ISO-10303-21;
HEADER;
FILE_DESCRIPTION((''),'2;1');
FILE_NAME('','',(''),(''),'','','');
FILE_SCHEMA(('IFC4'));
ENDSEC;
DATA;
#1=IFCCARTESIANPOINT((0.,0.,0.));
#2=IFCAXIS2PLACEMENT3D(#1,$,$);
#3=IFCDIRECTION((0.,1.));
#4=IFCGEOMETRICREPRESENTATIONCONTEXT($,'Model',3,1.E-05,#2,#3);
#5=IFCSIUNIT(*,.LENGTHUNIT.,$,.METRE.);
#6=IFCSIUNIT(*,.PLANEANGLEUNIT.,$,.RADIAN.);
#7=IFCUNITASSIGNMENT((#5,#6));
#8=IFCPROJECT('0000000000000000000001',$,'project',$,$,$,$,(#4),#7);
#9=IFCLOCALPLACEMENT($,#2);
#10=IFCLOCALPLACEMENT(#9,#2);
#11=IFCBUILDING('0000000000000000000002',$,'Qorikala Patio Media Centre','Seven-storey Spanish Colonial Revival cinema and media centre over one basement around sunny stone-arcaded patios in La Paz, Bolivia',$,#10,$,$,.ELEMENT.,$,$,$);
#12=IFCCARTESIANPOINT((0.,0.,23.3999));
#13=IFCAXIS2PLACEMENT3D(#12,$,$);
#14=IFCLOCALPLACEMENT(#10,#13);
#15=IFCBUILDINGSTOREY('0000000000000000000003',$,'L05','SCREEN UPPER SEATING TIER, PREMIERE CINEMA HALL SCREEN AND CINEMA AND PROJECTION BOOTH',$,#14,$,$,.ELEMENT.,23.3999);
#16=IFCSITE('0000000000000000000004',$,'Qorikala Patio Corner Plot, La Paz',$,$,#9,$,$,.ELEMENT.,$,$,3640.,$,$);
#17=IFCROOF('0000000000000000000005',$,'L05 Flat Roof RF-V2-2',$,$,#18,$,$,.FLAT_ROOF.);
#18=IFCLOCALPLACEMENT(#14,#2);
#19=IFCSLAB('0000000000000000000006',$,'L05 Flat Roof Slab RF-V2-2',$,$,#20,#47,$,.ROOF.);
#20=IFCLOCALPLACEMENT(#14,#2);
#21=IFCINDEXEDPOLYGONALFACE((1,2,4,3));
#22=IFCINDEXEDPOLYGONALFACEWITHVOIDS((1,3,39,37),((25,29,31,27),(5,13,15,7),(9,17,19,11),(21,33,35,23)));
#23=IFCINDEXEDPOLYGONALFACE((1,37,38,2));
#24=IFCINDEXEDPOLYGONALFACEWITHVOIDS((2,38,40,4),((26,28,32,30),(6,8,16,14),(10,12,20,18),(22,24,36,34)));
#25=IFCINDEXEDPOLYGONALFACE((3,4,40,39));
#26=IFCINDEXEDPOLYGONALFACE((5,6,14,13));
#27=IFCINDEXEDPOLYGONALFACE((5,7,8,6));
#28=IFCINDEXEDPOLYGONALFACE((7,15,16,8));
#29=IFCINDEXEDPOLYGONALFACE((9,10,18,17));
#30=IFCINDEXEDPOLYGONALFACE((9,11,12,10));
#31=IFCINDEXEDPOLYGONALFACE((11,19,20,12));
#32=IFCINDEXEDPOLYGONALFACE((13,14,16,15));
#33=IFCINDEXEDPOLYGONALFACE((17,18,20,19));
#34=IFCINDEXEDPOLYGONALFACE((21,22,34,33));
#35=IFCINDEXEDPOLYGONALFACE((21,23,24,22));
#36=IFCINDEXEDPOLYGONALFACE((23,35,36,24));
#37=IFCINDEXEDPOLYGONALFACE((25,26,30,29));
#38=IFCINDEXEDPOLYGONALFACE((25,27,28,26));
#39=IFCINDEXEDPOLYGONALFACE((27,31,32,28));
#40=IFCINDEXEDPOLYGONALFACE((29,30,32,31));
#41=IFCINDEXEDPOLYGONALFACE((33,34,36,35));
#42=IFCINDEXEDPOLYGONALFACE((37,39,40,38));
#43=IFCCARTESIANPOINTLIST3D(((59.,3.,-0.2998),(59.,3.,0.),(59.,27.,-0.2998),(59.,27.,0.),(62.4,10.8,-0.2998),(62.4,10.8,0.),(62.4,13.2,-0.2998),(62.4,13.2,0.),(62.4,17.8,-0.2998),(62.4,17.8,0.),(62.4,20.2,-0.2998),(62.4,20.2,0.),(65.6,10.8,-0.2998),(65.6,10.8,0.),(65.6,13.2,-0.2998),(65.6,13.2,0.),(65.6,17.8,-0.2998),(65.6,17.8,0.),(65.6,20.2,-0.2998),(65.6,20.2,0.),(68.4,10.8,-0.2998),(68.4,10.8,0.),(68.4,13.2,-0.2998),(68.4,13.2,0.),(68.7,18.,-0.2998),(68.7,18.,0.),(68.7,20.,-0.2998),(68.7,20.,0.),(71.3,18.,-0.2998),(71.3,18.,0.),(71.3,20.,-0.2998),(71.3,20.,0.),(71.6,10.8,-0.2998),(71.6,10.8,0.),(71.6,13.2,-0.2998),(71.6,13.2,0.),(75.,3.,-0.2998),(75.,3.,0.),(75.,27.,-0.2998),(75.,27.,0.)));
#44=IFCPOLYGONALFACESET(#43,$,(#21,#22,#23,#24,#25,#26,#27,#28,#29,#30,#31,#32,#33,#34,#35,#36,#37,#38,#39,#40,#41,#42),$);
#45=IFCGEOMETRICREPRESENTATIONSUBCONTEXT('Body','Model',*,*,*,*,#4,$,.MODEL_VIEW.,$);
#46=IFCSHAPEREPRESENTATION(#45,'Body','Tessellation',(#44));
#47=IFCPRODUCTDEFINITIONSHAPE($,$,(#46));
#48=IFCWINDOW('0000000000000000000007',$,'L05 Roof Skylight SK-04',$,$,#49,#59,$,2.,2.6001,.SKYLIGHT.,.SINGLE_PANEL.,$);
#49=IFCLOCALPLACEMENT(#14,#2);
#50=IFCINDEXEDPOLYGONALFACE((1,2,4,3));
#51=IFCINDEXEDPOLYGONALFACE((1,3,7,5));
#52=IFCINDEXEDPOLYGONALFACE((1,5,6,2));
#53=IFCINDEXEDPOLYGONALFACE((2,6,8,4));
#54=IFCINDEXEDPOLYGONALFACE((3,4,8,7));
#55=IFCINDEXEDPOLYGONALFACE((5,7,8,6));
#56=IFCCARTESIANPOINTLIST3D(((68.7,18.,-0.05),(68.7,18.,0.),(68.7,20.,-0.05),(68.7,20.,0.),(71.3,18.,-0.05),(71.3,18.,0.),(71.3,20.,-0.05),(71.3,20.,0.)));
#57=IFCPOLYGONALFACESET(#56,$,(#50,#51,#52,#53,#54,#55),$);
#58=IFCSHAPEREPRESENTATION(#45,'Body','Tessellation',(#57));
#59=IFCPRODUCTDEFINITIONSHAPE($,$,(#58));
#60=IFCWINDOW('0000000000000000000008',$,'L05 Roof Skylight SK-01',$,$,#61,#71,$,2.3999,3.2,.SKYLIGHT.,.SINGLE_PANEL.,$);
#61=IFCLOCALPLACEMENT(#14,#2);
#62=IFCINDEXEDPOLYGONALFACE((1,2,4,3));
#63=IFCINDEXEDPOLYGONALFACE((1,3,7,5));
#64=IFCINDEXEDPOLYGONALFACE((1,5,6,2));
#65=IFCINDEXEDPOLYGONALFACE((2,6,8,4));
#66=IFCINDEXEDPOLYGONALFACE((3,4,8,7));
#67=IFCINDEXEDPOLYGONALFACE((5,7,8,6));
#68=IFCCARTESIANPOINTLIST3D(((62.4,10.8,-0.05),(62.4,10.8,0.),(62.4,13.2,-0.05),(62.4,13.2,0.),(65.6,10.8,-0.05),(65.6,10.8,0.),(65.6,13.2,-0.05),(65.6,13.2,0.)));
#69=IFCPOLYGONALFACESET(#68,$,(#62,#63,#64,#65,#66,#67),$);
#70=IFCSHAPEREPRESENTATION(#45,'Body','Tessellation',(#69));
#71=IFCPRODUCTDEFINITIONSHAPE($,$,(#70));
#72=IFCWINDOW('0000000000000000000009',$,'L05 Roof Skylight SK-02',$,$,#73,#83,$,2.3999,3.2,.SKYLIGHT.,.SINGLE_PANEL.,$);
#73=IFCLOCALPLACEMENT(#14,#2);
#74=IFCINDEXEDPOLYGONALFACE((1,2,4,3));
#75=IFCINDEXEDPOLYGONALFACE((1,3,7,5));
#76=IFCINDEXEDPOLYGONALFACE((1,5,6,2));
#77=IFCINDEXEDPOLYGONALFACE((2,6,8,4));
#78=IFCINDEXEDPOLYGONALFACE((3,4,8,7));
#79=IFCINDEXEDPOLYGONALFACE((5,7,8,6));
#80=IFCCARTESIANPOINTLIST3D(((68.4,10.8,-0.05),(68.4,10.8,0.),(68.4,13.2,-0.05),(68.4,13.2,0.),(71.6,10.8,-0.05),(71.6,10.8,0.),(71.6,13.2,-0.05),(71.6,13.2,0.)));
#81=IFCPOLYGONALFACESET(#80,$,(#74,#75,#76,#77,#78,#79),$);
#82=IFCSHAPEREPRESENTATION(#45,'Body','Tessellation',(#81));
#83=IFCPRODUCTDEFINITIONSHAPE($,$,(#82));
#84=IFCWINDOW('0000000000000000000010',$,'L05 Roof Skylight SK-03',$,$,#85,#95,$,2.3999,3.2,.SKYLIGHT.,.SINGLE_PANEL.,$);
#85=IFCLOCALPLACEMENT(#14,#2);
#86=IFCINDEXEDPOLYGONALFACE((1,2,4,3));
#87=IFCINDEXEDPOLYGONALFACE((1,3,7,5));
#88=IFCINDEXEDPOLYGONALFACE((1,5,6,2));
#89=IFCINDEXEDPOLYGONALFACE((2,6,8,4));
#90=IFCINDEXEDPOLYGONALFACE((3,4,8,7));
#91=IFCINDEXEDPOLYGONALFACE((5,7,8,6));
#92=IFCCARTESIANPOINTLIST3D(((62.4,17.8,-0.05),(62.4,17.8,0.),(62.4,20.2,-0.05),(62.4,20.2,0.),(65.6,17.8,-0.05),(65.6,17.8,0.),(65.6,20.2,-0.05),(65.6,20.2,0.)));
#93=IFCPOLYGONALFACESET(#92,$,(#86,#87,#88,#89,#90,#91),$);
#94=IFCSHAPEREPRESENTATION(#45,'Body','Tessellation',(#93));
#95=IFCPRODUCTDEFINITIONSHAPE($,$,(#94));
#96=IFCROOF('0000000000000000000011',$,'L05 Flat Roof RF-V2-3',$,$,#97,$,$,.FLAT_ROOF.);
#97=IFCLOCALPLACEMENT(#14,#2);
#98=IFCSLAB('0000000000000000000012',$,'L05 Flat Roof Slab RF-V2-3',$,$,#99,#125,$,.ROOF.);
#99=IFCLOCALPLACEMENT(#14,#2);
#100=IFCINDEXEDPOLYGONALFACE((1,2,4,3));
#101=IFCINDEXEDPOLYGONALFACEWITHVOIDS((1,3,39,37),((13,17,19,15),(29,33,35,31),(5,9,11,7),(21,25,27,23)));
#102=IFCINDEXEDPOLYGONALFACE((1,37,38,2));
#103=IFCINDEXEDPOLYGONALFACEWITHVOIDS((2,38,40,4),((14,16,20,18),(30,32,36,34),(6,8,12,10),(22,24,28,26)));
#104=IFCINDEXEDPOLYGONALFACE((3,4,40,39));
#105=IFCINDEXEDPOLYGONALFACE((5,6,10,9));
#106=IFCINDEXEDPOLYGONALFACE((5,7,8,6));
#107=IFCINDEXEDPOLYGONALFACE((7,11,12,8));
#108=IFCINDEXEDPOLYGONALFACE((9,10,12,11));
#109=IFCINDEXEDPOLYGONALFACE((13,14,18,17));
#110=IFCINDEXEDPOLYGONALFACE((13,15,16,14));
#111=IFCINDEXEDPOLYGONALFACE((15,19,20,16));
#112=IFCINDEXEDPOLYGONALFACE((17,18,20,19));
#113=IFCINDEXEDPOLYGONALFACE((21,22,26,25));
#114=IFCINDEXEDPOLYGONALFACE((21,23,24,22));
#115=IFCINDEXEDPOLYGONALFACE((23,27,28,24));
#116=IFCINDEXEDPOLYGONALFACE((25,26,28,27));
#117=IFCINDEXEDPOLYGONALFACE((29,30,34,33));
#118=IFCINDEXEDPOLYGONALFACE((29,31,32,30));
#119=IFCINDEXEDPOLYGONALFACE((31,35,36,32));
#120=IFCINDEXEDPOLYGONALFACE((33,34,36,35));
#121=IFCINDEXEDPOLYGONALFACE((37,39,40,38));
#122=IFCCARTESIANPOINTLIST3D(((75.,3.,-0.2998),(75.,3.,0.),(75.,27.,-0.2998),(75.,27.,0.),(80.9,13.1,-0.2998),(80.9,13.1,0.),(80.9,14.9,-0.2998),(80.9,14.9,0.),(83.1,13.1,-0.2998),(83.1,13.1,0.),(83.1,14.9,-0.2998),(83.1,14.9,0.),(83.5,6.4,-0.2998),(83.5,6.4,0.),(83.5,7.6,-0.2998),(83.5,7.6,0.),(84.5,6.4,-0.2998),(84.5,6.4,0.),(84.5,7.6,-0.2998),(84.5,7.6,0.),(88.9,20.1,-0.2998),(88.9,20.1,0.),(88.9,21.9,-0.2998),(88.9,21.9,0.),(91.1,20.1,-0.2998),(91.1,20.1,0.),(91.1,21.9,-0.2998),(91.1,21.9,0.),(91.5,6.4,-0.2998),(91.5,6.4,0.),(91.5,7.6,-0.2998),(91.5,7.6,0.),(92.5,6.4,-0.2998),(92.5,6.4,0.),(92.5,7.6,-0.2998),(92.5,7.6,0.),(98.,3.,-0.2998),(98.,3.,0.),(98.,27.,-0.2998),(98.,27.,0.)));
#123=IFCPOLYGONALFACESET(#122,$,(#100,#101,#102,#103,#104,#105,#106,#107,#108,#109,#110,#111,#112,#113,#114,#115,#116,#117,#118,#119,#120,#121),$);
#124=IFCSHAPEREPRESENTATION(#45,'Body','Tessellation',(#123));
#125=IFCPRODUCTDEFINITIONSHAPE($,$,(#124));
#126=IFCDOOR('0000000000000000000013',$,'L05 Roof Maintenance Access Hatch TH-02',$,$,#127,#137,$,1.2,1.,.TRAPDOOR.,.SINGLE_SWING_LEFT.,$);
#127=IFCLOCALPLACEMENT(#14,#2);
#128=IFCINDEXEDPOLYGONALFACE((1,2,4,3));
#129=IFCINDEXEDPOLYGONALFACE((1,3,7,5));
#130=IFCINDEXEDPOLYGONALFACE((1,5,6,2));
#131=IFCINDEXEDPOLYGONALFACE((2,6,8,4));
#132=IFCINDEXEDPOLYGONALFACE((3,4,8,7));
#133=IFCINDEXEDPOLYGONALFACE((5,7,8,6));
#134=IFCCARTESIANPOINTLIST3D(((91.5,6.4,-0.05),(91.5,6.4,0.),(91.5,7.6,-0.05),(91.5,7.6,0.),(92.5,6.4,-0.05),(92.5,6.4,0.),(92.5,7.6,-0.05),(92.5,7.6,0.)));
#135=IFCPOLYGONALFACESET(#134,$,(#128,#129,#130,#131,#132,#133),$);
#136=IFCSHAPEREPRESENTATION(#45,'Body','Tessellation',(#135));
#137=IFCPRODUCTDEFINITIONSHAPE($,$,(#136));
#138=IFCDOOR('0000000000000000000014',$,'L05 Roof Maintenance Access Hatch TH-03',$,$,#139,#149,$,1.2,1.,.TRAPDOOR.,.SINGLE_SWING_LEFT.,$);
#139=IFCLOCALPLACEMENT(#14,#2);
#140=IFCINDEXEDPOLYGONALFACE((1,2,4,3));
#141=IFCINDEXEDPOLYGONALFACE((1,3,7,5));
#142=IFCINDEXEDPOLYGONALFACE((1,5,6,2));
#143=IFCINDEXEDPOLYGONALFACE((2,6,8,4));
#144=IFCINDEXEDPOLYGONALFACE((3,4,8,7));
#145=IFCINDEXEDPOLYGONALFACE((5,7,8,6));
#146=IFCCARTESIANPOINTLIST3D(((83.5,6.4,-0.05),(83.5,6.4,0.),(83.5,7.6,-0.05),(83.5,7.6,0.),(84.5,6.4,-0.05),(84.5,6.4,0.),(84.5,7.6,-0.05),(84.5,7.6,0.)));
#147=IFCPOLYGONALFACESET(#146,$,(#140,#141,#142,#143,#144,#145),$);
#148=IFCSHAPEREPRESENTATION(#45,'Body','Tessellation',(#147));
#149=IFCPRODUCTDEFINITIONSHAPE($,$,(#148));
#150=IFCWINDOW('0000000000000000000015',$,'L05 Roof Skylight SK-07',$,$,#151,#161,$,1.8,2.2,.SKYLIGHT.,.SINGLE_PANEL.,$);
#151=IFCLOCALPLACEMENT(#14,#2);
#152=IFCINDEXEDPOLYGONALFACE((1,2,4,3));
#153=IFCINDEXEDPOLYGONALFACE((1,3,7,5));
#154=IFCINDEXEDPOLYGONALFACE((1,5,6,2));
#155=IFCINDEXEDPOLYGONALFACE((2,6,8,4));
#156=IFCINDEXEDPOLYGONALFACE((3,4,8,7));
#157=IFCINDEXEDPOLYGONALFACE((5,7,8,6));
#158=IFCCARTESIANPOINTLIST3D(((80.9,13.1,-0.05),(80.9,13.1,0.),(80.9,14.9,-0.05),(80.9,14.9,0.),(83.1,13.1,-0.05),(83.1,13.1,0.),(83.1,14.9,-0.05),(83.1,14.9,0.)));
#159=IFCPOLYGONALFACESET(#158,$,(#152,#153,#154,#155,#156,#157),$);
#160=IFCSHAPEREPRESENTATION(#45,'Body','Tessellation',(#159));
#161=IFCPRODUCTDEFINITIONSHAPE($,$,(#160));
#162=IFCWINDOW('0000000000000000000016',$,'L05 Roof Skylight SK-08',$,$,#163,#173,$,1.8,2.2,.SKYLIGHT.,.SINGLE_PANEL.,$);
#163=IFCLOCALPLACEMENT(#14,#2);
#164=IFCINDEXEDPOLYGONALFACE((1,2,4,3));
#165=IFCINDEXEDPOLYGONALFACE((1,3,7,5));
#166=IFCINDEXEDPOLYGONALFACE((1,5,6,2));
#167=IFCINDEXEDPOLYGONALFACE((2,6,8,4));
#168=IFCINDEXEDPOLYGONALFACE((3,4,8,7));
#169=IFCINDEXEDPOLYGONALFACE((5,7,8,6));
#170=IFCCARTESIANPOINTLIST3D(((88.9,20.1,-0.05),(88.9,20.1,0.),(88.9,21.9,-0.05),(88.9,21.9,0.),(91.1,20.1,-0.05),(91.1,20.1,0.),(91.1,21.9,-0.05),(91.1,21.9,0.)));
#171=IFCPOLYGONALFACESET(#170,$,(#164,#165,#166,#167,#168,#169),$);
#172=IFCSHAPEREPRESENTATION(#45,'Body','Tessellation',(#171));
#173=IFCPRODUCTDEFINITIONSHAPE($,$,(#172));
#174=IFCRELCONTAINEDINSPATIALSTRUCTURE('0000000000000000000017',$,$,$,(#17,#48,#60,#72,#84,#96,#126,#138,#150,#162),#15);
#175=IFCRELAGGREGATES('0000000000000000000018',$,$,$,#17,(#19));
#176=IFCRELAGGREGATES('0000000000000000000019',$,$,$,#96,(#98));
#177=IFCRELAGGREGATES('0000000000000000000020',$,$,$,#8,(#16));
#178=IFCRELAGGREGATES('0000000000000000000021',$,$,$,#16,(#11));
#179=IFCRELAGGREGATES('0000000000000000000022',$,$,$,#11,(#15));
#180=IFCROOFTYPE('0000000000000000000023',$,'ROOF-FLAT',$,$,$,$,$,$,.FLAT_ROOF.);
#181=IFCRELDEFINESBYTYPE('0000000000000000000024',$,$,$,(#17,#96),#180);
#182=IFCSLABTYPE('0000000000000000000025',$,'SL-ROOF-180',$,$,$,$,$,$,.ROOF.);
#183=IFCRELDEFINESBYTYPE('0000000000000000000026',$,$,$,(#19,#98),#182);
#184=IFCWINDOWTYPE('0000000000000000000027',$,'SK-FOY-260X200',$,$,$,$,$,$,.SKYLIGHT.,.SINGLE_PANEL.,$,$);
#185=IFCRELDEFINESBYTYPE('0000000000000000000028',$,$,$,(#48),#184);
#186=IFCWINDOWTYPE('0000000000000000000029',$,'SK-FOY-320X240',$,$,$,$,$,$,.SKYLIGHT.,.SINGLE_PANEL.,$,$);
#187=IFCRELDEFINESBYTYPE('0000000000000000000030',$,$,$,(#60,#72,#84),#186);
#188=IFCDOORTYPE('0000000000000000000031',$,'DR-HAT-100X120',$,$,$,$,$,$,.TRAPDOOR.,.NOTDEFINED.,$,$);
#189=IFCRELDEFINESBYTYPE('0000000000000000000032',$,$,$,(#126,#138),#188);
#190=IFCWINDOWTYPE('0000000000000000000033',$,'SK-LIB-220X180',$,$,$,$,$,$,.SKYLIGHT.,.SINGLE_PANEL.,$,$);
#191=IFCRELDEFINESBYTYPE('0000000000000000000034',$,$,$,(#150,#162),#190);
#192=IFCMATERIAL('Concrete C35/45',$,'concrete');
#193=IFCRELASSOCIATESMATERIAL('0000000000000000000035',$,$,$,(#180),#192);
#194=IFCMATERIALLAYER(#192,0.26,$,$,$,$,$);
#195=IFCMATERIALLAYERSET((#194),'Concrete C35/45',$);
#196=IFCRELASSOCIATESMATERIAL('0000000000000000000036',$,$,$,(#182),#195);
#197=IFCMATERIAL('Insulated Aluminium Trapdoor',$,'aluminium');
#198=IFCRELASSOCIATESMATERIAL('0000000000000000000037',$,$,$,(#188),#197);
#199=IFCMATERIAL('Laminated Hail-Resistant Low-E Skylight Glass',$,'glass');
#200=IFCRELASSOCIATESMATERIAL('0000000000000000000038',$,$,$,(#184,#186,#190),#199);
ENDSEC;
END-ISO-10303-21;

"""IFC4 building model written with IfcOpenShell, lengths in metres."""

from ifc_helpers import new_model, si_unit, direction, frame, origin, origin_2d, place, context, subcontext, project, spatial, polyline, rectangle, outline, extrude, material, layer, layer_set, type_object, element, fill, aggregate, save


model = new_model("IFC4")

# Units and contexts
model_context = context("Model", 3, precision=1e-05, world=origin(), true_north=direction((0.0, 1.0)))
body_context = subcontext(model_context, "Body", "Model", "MODEL_VIEW")
ifc_project = project(units=[si_unit("LENGTHUNIT", "METRE"), si_unit("PLANEANGLEUNIT", "RADIAN")], contexts=[model_context])

# Site, building, storey
site_placement = place(None, origin())
site = spatial("IfcSite", under=ifc_project, at=site_placement, Name="Qorikala Patio Corner Plot, La Paz", CompositionType="ELEMENT", RefElevation=3640.0)
building_placement = place(site_placement, origin())
building = spatial("IfcBuilding", under=site, at=building_placement, Name="Qorikala Patio Media Centre", Description="Seven-storey Spanish Colonial Revival cinema and media centre over one basement around sunny stone-arcaded patios in La Paz, Bolivia", CompositionType="ELEMENT")
storey_placement = place(building_placement, frame((0.0, 0.0, 23.3999)))
storey = spatial("IfcBuildingStorey", under=building, at=storey_placement, Name="L05", Description="SCREEN UPPER SEATING TIER, PREMIERE CINEMA HALL SCREEN AND CINEMA AND PROJECTION BOOTH", CompositionType="ELEMENT", Elevation=23.3999)

# Shared definitions
ifc_material_1 = material(Name="Concrete C35/45", Category="concrete")

# Shared definitions
roof_type = type_object("IfcRoofType", Name="ROOF-FLAT", PredefinedType="FLAT_ROOF", material=ifc_material_1)
ifc_layer_1 = layer(ifc_material_1, 0.26)
ifc_layer_set_1 = layer_set([ifc_layer_1], Name="Concrete C35/45")
slab_type_1 = type_object("IfcSlabType", Name="SL-ROOF-180", PredefinedType="ROOF", material=ifc_layer_set_1)
ifc_material_2 = material(Name="Insulated Aluminium Trapdoor", Category="aluminium")
door_type = type_object("IfcDoorType", Name="DR-HAT-100X120", OperationType="NOTDEFINED", PredefinedType="TRAPDOOR", material=ifc_material_2)
ifc_material_3 = material(Name="Laminated Hail-Resistant Low-E Skylight Glass", Category="glass")
window_type_1 = type_object("IfcWindowType", Name="SK-FOY-260X200", PartitioningType="SINGLE_PANEL", PredefinedType="SKYLIGHT", material=ifc_material_3)

# Roof, slab, openings, windows
roof_1_placement = place(storey_placement, origin())
roof_1 = element("IfcRoof", 1, at=roof_1_placement, inside=storey, type_object=roof_type, Name="L05 Flat Roof RF-V2-2", PredefinedType="FLAT_ROOF")
slab_1_placement = place(storey_placement, frame((0.0, 0.0, -0.2998)))
slab_1 = element("IfcSlab", 2, at=slab_1_placement, type_object=slab_type_1, Name="L05 Flat Roof Slab RF-V2-2", PredefinedType="ROOF", context=body_context, shape_type="SweptSolid", body=[
    extrude(outline(polyline([(59.0, 3.0), (75.0, 3.0), (75.0, 27.0), (59.0, 27.0), (59.0, 3.0)])), origin(), (0.0, 0.0, 1.0), 0.2998),
])
opening_1_placement = place(slab_1_placement, frame((64.0, 12.0, 0.0)))
opening_1 = element("IfcOpeningElement", 3, at=opening_1_placement, cuts=slab_1, PredefinedType="OPENING", context=body_context, shape_type="SweptSolid", body=[
    extrude(rectangle(XDim=3.2, YDim=2.3999, at=origin_2d()), frame((0.0, 0.0, -0.01)), (0.0, 0.0, 1.0), 0.3198),
])
opening_2_placement = place(slab_1_placement, frame((70.0, 12.0, 0.0)))
opening_2 = element("IfcOpeningElement", 4, at=opening_2_placement, cuts=slab_1, PredefinedType="OPENING", context=body_context, shape_type="SweptSolid", body=[
    extrude(rectangle(XDim=3.2, YDim=2.3999, at=origin_2d()), frame((0.0, 0.0, -0.01)), (0.0, 0.0, 1.0), 0.3198),
])
opening_3_placement = place(slab_1_placement, frame((64.0, 19.0, 0.0)))
opening_3 = element("IfcOpeningElement", 5, at=opening_3_placement, cuts=slab_1, PredefinedType="OPENING", context=body_context, shape_type="SweptSolid", body=[
    extrude(rectangle(XDim=3.2, YDim=2.3999, at=origin_2d()), frame((0.0, 0.0, -0.01)), (0.0, 0.0, 1.0), 0.3198),
])
opening_4_placement = place(slab_1_placement, frame((70.0, 19.0, 0.0)))
opening_4 = element("IfcOpeningElement", 6, at=opening_4_placement, cuts=slab_1, PredefinedType="OPENING", context=body_context, shape_type="SweptSolid", body=[
    extrude(rectangle(XDim=2.6001, YDim=2.0, at=origin_2d()), frame((0.0, 0.0, -0.01)), (0.0, 0.0, 1.0), 0.3198),
])
window_1_placement = place(opening_4_placement, frame((0.0, 0.0, 0.2498)))
window_1 = element("IfcWindow", 7, at=window_1_placement, inside=storey, type_object=window_type_1, Name="L05 Roof Skylight SK-04", OverallHeight=2.0, OverallWidth=2.6001, PartitioningType="SINGLE_PANEL", PredefinedType="SKYLIGHT", context=body_context, shape_type="SweptSolid", body=[
    extrude(rectangle(XDim=2.6001, YDim=2.0, at=origin_2d()), origin(), (0.0, 0.0, 1.0), 0.05),
])
fill(opening_4, window_1)
window_type_2 = type_object("IfcWindowType", Name="SK-FOY-320X240", PartitioningType="SINGLE_PANEL", PredefinedType="SKYLIGHT", material=ifc_material_3)
window_2_placement = place(opening_1_placement, frame((0.0, 0.0, 0.2498)))
window_2 = element("IfcWindow", 8, at=window_2_placement, inside=storey, type_object=window_type_2, Name="L05 Roof Skylight SK-01", OverallHeight=2.3999, OverallWidth=3.2, PartitioningType="SINGLE_PANEL", PredefinedType="SKYLIGHT", context=body_context, shape_type="SweptSolid", body=[
    extrude(rectangle(XDim=3.2, YDim=2.3999, at=origin_2d()), origin(), (0.0, 0.0, 1.0), 0.05),
])
fill(opening_1, window_2)
window_3_placement = place(opening_2_placement, frame((0.0, 0.0, 0.2498)))
window_3 = element("IfcWindow", 9, at=window_3_placement, inside=storey, type_object=window_type_2, Name="L05 Roof Skylight SK-02", OverallHeight=2.3999, OverallWidth=3.2, PartitioningType="SINGLE_PANEL", PredefinedType="SKYLIGHT", context=body_context, shape_type="SweptSolid", body=[
    extrude(rectangle(XDim=3.2, YDim=2.3999, at=origin_2d()), origin(), (0.0, 0.0, 1.0), 0.05),
])
fill(opening_2, window_3)
window_4_placement = place(opening_3_placement, frame((0.0, 0.0, 0.2498)))
window_4 = element("IfcWindow", 10, at=window_4_placement, inside=storey, type_object=window_type_2, Name="L05 Roof Skylight SK-03", OverallHeight=2.3999, OverallWidth=3.2, PartitioningType="SINGLE_PANEL", PredefinedType="SKYLIGHT", context=body_context, shape_type="SweptSolid", body=[
    extrude(rectangle(XDim=3.2, YDim=2.3999, at=origin_2d()), origin(), (0.0, 0.0, 1.0), 0.05),
])
fill(opening_3, window_4)
aggregate(roof_1, [slab_1])

# Roof, slab, openings, doors, windows
roof_2_placement = place(storey_placement, origin())
roof_2 = element("IfcRoof", 11, at=roof_2_placement, inside=storey, type_object=roof_type, Name="L05 Flat Roof RF-V2-3", PredefinedType="FLAT_ROOF")
slab_2_placement = place(storey_placement, frame((0.0, 0.0, -0.2998)))
slab_2 = element("IfcSlab", 12, at=slab_2_placement, type_object=slab_type_1, Name="L05 Flat Roof Slab RF-V2-3", PredefinedType="ROOF", context=body_context, shape_type="SweptSolid", body=[
    extrude(outline(polyline([(75.0, 3.0), (98.0, 3.0), (98.0, 27.0), (75.0, 27.0), (75.0, 3.0)])), origin(), (0.0, 0.0, 1.0), 0.2998),
])
opening_5_placement = place(slab_2_placement, frame((82.0, 14.0, 0.0)))
opening_5 = element("IfcOpeningElement", 13, at=opening_5_placement, cuts=slab_2, PredefinedType="OPENING", context=body_context, shape_type="SweptSolid", body=[
    extrude(rectangle(XDim=2.2, YDim=1.8, at=origin_2d()), frame((0.0, 0.0, -0.01)), (0.0, 0.0, 1.0), 0.3198),
])
opening_6_placement = place(slab_2_placement, frame((90.0, 21.0, 0.0)))
opening_6 = element("IfcOpeningElement", 14, at=opening_6_placement, cuts=slab_2, PredefinedType="OPENING", context=body_context, shape_type="SweptSolid", body=[
    extrude(rectangle(XDim=2.2, YDim=1.8, at=origin_2d()), frame((0.0, 0.0, -0.01)), (0.0, 0.0, 1.0), 0.3198),
])
opening_7_placement = place(slab_2_placement, frame((92.0, 7.0, 0.0)))
opening_7 = element("IfcOpeningElement", 15, at=opening_7_placement, cuts=slab_2, PredefinedType="OPENING", context=body_context, shape_type="SweptSolid", body=[
    extrude(rectangle(XDim=1.0, YDim=1.2, at=origin_2d()), frame((0.0, 0.0, -0.01)), (0.0, 0.0, 1.0), 0.3198),
])
opening_8_placement = place(slab_2_placement, frame((84.0, 7.0, 0.0)))
opening_8 = element("IfcOpeningElement", 16, at=opening_8_placement, cuts=slab_2, PredefinedType="OPENING", context=body_context, shape_type="SweptSolid", body=[
    extrude(rectangle(XDim=1.0, YDim=1.2, at=origin_2d()), frame((0.0, 0.0, -0.01)), (0.0, 0.0, 1.0), 0.3198),
])
door_1_placement = place(opening_7_placement, frame((0.0, 0.0, 0.2498)))
door_1 = element("IfcDoor", 17, at=door_1_placement, inside=storey, type_object=door_type, Name="L05 Roof Maintenance Access Hatch TH-02", OperationType="SINGLE_SWING_LEFT", OverallHeight=1.2, OverallWidth=1.0, PredefinedType="TRAPDOOR", context=body_context, shape_type="SweptSolid", body=[
    extrude(rectangle(XDim=1.0, YDim=1.2, at=origin_2d()), origin(), (0.0, 0.0, 1.0), 0.05),
])
fill(opening_7, door_1)
door_2_placement = place(opening_8_placement, frame((0.0, 0.0, 0.2498)))
door_2 = element("IfcDoor", 18, at=door_2_placement, inside=storey, type_object=door_type, Name="L05 Roof Maintenance Access Hatch TH-03", OperationType="SINGLE_SWING_LEFT", OverallHeight=1.2, OverallWidth=1.0, PredefinedType="TRAPDOOR", context=body_context, shape_type="SweptSolid", body=[
    extrude(rectangle(XDim=1.0, YDim=1.2, at=origin_2d()), origin(), (0.0, 0.0, 1.0), 0.05),
])
fill(opening_8, door_2)
window_type_3 = type_object("IfcWindowType", Name="SK-LIB-220X180", PartitioningType="SINGLE_PANEL", PredefinedType="SKYLIGHT", material=ifc_material_3)
window_5_placement = place(opening_5_placement, frame((0.0, 0.0, 0.2498)))
window_5 = element("IfcWindow", 19, at=window_5_placement, inside=storey, type_object=window_type_3, Name="L05 Roof Skylight SK-07", OverallHeight=1.8, OverallWidth=2.2, PartitioningType="SINGLE_PANEL", PredefinedType="SKYLIGHT", context=body_context, shape_type="SweptSolid", body=[
    extrude(rectangle(XDim=2.2, YDim=1.8, at=origin_2d()), origin(), (0.0, 0.0, 1.0), 0.05),
])
fill(opening_5, window_5)
window_6_placement = place(opening_6_placement, frame((0.0, 0.0, 0.2498)))
window_6 = element("IfcWindow", 20, at=window_6_placement, inside=storey, type_object=window_type_3, Name="L05 Roof Skylight SK-08", OverallHeight=1.8, OverallWidth=2.2, PartitioningType="SINGLE_PANEL", PredefinedType="SKYLIGHT", context=body_context, shape_type="SweptSolid", body=[
    extrude(rectangle(XDim=2.2, YDim=1.8, at=origin_2d()), origin(), (0.0, 0.0, 1.0), 0.05),
])
fill(opening_6, window_6)
aggregate(roof_2, [slab_2])

save(model, "model.ifc")
